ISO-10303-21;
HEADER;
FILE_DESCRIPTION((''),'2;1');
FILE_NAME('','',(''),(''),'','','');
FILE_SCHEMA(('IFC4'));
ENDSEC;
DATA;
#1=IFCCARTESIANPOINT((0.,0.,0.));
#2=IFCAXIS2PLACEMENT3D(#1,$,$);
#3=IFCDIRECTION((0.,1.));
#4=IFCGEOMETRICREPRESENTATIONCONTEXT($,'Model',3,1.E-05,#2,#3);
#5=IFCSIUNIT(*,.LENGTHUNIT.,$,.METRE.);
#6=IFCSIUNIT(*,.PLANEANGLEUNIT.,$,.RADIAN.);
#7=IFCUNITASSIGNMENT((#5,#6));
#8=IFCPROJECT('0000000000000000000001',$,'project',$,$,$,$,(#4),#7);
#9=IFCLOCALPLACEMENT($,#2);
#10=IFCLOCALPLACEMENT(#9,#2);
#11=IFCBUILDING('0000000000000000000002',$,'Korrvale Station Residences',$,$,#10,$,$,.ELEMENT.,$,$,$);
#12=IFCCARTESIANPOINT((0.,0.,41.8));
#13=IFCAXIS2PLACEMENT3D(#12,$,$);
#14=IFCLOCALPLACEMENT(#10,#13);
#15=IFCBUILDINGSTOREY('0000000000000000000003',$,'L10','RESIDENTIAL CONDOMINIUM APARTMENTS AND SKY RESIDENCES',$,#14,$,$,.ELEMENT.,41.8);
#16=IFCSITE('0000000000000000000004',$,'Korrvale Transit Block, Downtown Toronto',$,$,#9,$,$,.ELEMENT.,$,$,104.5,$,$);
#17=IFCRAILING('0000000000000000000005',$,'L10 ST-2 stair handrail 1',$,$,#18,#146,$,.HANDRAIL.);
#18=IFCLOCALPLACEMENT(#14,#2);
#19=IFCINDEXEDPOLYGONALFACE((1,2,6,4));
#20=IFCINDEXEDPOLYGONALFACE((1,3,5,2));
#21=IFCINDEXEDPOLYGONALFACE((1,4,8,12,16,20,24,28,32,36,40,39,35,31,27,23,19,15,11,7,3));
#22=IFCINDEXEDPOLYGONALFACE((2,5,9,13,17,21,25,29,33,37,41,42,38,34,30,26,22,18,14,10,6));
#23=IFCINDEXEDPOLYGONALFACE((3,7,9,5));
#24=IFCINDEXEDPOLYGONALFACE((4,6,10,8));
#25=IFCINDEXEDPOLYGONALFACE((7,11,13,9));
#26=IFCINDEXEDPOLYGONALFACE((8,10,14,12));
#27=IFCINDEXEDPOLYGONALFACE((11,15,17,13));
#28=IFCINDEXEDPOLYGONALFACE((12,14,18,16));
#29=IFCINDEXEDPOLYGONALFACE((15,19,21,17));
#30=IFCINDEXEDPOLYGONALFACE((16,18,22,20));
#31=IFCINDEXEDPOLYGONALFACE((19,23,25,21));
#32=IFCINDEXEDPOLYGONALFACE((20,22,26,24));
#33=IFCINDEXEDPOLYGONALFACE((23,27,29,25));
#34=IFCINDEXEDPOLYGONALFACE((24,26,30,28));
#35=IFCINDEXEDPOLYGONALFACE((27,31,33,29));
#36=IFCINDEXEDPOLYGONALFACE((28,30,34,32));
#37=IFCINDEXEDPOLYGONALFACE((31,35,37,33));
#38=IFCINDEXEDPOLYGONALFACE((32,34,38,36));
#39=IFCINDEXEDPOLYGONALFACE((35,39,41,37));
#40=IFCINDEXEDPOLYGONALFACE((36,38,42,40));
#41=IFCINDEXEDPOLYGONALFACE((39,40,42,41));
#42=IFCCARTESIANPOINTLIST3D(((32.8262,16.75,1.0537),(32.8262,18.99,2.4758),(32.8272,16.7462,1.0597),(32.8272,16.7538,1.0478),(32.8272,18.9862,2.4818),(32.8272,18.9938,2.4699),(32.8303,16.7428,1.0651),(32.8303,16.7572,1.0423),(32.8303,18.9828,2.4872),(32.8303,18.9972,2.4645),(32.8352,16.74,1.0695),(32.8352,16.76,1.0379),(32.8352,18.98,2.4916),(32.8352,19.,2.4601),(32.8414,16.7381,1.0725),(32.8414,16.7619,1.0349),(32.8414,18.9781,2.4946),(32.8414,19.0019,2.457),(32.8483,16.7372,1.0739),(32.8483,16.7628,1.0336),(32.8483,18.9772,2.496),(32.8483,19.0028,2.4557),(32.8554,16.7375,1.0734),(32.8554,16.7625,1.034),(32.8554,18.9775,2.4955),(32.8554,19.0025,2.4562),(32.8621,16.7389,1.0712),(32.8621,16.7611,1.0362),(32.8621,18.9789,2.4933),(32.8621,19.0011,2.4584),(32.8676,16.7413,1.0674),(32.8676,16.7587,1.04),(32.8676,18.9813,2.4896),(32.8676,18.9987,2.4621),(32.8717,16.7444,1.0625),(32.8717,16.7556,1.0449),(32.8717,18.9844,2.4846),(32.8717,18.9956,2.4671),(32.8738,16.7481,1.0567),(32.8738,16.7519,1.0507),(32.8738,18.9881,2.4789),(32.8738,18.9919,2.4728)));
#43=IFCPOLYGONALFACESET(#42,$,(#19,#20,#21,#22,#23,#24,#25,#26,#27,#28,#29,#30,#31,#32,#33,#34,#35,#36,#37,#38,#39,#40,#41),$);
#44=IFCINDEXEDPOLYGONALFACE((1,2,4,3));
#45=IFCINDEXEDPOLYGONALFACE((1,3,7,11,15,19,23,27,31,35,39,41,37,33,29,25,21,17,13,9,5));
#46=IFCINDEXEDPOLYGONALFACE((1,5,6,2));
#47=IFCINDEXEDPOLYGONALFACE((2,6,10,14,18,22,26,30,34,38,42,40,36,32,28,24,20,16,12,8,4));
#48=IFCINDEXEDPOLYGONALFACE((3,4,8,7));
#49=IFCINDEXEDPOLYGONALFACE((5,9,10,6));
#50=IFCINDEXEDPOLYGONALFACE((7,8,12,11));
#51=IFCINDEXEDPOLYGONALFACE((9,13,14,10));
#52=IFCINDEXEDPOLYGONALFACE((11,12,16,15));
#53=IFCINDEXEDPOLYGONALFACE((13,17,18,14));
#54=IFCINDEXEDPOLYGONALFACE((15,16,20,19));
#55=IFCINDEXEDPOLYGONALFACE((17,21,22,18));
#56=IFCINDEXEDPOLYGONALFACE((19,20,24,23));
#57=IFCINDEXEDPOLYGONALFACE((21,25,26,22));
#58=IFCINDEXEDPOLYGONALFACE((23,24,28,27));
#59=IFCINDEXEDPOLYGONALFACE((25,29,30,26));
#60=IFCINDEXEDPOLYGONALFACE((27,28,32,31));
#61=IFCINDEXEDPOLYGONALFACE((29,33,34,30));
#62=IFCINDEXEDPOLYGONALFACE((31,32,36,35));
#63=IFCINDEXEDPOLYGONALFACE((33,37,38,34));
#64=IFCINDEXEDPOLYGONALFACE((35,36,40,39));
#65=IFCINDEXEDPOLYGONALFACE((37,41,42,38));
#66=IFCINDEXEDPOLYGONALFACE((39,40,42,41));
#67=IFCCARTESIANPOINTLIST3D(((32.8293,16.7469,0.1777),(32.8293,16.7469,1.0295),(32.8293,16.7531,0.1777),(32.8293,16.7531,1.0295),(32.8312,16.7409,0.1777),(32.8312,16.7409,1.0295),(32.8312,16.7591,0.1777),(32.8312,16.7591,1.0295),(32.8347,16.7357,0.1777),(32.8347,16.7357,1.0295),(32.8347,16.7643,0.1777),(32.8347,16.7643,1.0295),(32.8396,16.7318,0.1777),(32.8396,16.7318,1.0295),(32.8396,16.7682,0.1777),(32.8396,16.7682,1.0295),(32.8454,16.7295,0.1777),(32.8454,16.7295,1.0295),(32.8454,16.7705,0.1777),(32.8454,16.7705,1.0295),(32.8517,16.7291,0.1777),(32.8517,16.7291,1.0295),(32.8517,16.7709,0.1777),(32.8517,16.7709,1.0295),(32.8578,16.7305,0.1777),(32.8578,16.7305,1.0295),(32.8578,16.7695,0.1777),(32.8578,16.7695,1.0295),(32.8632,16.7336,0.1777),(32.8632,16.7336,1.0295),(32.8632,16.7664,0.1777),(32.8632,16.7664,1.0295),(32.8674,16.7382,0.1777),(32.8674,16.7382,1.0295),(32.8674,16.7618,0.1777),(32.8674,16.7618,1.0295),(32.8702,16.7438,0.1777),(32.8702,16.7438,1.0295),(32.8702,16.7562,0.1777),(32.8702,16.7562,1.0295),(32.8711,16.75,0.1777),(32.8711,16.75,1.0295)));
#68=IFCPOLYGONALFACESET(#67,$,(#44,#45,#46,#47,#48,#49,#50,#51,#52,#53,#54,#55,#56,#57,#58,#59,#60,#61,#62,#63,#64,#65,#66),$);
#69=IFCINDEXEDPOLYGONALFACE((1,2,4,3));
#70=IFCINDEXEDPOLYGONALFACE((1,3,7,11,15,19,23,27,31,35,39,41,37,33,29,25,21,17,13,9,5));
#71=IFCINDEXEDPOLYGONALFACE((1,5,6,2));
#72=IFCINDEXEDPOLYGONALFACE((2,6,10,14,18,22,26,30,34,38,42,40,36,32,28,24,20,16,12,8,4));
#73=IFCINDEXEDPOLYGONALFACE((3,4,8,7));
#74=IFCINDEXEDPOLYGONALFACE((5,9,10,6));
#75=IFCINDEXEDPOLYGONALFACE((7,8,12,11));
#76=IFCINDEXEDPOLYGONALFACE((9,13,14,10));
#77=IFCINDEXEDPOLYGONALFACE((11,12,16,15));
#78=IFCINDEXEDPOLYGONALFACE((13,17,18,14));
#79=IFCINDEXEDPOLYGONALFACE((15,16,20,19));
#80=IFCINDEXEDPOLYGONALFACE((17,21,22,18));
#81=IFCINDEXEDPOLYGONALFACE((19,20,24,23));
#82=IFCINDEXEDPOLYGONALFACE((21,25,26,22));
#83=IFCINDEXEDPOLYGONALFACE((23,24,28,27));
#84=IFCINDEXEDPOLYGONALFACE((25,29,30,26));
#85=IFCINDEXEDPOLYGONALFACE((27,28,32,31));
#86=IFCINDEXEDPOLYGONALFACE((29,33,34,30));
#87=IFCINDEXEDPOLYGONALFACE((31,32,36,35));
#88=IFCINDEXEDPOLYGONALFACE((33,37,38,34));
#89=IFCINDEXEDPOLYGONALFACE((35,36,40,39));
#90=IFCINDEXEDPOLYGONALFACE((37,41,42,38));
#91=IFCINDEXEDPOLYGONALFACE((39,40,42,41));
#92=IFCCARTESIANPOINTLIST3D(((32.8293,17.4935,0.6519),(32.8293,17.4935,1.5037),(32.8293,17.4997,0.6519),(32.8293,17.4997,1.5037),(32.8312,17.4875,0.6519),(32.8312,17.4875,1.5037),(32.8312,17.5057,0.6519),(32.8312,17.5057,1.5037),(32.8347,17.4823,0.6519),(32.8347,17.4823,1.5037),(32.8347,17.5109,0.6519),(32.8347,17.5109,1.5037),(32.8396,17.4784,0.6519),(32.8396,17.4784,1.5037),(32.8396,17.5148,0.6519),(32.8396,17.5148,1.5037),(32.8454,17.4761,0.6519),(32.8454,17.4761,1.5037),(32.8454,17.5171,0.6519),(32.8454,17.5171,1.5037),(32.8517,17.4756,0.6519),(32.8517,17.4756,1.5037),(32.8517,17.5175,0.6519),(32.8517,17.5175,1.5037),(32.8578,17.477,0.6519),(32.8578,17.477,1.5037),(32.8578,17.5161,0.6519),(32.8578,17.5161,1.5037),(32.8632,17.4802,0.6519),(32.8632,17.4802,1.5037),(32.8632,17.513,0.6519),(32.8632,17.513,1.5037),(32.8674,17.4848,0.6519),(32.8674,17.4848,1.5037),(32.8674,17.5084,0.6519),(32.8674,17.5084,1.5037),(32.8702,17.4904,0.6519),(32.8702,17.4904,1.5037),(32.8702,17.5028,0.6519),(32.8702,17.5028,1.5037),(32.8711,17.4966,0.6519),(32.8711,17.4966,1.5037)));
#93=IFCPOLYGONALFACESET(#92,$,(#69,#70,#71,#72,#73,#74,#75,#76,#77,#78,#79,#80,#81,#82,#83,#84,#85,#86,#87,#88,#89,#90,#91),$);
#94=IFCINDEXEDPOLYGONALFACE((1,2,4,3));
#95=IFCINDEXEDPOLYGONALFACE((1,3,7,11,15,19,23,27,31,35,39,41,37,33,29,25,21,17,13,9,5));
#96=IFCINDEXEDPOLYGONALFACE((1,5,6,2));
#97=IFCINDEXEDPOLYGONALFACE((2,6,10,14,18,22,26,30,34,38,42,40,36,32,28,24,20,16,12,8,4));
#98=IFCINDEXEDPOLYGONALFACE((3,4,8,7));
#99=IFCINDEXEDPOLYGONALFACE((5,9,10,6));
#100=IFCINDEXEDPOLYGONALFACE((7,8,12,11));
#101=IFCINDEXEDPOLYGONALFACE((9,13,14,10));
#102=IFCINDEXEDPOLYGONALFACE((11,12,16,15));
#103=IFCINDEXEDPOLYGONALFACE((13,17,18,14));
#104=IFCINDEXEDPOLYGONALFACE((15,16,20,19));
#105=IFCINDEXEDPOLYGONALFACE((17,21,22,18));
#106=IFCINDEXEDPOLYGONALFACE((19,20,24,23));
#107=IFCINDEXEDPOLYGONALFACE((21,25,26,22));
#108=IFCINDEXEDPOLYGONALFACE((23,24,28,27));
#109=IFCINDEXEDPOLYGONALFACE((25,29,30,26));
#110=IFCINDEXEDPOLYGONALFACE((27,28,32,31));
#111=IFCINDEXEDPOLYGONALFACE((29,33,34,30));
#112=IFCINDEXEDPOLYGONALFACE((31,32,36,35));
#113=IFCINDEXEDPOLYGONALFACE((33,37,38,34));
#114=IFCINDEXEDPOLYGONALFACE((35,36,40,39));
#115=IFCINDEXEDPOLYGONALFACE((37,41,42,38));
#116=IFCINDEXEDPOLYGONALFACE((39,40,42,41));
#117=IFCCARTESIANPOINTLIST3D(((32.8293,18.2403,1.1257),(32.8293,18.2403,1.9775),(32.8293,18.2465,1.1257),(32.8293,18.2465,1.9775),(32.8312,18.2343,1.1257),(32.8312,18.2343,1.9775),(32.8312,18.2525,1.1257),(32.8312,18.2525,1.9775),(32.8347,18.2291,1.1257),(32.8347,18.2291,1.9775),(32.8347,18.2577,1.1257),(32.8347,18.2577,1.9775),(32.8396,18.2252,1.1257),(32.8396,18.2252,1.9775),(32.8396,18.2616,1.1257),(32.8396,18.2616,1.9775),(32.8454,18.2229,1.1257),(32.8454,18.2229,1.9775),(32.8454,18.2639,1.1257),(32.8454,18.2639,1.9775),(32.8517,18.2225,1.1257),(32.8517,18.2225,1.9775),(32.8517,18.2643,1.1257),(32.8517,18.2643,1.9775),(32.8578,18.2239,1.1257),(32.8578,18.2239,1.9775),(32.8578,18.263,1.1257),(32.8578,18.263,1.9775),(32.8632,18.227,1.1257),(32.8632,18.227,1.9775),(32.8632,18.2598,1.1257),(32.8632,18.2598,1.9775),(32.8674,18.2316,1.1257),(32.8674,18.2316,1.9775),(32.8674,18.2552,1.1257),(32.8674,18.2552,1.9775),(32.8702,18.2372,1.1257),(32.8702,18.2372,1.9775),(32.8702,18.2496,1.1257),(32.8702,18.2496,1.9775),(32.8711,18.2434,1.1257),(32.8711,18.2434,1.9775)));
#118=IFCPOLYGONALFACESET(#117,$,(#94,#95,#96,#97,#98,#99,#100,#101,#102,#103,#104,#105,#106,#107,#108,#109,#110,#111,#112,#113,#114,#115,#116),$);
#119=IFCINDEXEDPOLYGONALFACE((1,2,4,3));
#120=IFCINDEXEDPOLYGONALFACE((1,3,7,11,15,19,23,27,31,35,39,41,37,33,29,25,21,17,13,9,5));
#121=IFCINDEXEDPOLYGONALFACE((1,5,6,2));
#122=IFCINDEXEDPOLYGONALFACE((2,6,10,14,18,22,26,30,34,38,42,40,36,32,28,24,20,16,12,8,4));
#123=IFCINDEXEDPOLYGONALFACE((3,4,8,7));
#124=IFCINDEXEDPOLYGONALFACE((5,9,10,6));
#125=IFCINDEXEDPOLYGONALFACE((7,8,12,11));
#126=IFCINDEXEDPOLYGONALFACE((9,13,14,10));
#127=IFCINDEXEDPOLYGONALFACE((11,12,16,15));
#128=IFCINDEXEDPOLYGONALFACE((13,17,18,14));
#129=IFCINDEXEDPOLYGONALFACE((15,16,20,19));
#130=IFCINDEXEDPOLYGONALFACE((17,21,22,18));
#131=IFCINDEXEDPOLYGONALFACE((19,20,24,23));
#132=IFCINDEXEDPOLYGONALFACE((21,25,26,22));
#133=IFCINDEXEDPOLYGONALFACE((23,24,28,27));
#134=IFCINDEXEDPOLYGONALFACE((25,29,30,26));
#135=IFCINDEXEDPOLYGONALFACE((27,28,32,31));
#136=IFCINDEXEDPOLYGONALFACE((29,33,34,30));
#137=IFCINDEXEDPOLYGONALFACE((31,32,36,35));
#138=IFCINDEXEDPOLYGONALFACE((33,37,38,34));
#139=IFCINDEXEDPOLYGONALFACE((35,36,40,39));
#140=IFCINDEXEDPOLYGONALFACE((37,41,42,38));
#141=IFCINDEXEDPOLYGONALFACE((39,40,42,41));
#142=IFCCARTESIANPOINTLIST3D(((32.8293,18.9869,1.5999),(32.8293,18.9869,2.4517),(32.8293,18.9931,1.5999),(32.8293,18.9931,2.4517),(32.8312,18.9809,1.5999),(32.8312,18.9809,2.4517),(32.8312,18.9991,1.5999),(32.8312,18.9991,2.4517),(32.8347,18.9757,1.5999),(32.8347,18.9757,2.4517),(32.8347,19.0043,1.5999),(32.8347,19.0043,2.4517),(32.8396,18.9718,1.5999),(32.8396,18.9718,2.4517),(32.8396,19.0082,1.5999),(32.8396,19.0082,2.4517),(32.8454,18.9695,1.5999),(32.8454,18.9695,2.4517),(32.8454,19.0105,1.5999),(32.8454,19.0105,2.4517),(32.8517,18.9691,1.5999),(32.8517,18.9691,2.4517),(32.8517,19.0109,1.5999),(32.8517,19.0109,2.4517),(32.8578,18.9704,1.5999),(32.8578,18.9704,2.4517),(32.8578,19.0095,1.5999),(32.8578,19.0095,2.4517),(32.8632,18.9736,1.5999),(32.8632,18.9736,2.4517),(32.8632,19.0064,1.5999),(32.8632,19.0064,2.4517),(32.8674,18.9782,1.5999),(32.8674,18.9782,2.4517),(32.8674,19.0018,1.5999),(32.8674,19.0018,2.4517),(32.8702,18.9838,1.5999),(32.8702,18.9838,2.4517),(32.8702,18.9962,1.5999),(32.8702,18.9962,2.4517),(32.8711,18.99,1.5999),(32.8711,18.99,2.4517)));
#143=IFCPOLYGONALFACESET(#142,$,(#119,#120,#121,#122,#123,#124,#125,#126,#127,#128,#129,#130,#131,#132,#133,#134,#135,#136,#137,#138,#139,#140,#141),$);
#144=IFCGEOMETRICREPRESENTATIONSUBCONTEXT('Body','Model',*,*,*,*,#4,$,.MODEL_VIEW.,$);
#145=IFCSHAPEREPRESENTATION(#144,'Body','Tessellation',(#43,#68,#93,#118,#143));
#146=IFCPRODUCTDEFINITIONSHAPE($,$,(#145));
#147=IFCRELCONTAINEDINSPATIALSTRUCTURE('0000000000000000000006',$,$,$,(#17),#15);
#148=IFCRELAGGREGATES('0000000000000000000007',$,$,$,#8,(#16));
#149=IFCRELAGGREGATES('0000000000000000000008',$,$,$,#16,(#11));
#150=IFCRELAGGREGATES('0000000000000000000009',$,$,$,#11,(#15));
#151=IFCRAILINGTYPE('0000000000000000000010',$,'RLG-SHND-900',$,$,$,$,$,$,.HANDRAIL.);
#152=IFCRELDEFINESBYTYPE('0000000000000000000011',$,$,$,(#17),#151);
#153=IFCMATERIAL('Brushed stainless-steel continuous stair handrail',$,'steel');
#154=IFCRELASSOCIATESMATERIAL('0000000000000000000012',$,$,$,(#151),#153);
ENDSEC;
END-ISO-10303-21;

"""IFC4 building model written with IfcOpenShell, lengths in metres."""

from ifc_helpers import new_model, si_unit, direction, frame, origin, origin_2d, place, context, subcontext, project, spatial, circle, extrude, material, type_object, element, save


model = new_model("IFC4")

# Units and contexts
model_context = context("Model", 3, precision=1e-05, world=origin(), true_north=direction((0.0, 1.0)))
body_context = subcontext(model_context, "Body", "Model", "MODEL_VIEW")
ifc_project = project(units=[si_unit("LENGTHUNIT", "METRE"), si_unit("PLANEANGLEUNIT", "RADIAN")], contexts=[model_context])

# Site, building, storey
site_placement = place(None, origin())
site = spatial("IfcSite", under=ifc_project, at=site_placement, Name="Korrvale Transit Block, Downtown Toronto", CompositionType="ELEMENT", RefElevation=104.5)
building_placement = place(site_placement, origin())
building = spatial("IfcBuilding", under=site, at=building_placement, Name="Korrvale Station Residences", CompositionType="ELEMENT")
storey_placement = place(building_placement, frame((0.0, 0.0, 41.8)))
storey = spatial("IfcBuildingStorey", under=building, at=storey_placement, Name="L10", Description="RESIDENTIAL CONDOMINIUM APARTMENTS AND SKY RESIDENCES", CompositionType="ELEMENT", Elevation=41.8)

# Railing
ifc_material_1 = material(Name="Brushed stainless-steel continuous stair handrail", Category="steel")
railing_type_1 = type_object("IfcRailingType", Name="RLG-SHND-900", PredefinedType="HANDRAIL", material=ifc_material_1)
railing_1_placement = place(storey_placement, frame((32.8501, 16.75, 0.1777)))
element("IfcRailing", 1, at=railing_1_placement, inside=storey, type_object=railing_type_1, Name="L10 ST-2 stair handrail 1", PredefinedType="HANDRAIL", context=body_context, shape_type="SweptSolid", body=[
    extrude(circle(Radius=0.0239, at=origin_2d()), frame((0.0, 0.0, 0.876), z_axis=(0.0, 0.844229, 0.535982), x_axis=(-1.0, 0.0, 0.0)), (0.0, 0.0, 1.0), 2.6533),
    extrude(circle(Radius=0.021, at=origin_2d()), origin(), (0.0, 0.0, 1.0), 0.8518),
    extrude(circle(Radius=0.021, at=origin_2d()), frame((0.0, 0.7466, 0.4741)), (0.0, 0.0, 1.0), 0.8518),
    extrude(circle(Radius=0.021, at=origin_2d()), frame((0.0, 1.4934, 0.948)), (0.0, 0.0, 1.0), 0.8518),
    extrude(circle(Radius=0.021, at=origin_2d()), frame((0.0, 2.24, 1.4221)), (0.0, 0.0, 1.0), 0.8518),
])

save(model, "model.ifc")
